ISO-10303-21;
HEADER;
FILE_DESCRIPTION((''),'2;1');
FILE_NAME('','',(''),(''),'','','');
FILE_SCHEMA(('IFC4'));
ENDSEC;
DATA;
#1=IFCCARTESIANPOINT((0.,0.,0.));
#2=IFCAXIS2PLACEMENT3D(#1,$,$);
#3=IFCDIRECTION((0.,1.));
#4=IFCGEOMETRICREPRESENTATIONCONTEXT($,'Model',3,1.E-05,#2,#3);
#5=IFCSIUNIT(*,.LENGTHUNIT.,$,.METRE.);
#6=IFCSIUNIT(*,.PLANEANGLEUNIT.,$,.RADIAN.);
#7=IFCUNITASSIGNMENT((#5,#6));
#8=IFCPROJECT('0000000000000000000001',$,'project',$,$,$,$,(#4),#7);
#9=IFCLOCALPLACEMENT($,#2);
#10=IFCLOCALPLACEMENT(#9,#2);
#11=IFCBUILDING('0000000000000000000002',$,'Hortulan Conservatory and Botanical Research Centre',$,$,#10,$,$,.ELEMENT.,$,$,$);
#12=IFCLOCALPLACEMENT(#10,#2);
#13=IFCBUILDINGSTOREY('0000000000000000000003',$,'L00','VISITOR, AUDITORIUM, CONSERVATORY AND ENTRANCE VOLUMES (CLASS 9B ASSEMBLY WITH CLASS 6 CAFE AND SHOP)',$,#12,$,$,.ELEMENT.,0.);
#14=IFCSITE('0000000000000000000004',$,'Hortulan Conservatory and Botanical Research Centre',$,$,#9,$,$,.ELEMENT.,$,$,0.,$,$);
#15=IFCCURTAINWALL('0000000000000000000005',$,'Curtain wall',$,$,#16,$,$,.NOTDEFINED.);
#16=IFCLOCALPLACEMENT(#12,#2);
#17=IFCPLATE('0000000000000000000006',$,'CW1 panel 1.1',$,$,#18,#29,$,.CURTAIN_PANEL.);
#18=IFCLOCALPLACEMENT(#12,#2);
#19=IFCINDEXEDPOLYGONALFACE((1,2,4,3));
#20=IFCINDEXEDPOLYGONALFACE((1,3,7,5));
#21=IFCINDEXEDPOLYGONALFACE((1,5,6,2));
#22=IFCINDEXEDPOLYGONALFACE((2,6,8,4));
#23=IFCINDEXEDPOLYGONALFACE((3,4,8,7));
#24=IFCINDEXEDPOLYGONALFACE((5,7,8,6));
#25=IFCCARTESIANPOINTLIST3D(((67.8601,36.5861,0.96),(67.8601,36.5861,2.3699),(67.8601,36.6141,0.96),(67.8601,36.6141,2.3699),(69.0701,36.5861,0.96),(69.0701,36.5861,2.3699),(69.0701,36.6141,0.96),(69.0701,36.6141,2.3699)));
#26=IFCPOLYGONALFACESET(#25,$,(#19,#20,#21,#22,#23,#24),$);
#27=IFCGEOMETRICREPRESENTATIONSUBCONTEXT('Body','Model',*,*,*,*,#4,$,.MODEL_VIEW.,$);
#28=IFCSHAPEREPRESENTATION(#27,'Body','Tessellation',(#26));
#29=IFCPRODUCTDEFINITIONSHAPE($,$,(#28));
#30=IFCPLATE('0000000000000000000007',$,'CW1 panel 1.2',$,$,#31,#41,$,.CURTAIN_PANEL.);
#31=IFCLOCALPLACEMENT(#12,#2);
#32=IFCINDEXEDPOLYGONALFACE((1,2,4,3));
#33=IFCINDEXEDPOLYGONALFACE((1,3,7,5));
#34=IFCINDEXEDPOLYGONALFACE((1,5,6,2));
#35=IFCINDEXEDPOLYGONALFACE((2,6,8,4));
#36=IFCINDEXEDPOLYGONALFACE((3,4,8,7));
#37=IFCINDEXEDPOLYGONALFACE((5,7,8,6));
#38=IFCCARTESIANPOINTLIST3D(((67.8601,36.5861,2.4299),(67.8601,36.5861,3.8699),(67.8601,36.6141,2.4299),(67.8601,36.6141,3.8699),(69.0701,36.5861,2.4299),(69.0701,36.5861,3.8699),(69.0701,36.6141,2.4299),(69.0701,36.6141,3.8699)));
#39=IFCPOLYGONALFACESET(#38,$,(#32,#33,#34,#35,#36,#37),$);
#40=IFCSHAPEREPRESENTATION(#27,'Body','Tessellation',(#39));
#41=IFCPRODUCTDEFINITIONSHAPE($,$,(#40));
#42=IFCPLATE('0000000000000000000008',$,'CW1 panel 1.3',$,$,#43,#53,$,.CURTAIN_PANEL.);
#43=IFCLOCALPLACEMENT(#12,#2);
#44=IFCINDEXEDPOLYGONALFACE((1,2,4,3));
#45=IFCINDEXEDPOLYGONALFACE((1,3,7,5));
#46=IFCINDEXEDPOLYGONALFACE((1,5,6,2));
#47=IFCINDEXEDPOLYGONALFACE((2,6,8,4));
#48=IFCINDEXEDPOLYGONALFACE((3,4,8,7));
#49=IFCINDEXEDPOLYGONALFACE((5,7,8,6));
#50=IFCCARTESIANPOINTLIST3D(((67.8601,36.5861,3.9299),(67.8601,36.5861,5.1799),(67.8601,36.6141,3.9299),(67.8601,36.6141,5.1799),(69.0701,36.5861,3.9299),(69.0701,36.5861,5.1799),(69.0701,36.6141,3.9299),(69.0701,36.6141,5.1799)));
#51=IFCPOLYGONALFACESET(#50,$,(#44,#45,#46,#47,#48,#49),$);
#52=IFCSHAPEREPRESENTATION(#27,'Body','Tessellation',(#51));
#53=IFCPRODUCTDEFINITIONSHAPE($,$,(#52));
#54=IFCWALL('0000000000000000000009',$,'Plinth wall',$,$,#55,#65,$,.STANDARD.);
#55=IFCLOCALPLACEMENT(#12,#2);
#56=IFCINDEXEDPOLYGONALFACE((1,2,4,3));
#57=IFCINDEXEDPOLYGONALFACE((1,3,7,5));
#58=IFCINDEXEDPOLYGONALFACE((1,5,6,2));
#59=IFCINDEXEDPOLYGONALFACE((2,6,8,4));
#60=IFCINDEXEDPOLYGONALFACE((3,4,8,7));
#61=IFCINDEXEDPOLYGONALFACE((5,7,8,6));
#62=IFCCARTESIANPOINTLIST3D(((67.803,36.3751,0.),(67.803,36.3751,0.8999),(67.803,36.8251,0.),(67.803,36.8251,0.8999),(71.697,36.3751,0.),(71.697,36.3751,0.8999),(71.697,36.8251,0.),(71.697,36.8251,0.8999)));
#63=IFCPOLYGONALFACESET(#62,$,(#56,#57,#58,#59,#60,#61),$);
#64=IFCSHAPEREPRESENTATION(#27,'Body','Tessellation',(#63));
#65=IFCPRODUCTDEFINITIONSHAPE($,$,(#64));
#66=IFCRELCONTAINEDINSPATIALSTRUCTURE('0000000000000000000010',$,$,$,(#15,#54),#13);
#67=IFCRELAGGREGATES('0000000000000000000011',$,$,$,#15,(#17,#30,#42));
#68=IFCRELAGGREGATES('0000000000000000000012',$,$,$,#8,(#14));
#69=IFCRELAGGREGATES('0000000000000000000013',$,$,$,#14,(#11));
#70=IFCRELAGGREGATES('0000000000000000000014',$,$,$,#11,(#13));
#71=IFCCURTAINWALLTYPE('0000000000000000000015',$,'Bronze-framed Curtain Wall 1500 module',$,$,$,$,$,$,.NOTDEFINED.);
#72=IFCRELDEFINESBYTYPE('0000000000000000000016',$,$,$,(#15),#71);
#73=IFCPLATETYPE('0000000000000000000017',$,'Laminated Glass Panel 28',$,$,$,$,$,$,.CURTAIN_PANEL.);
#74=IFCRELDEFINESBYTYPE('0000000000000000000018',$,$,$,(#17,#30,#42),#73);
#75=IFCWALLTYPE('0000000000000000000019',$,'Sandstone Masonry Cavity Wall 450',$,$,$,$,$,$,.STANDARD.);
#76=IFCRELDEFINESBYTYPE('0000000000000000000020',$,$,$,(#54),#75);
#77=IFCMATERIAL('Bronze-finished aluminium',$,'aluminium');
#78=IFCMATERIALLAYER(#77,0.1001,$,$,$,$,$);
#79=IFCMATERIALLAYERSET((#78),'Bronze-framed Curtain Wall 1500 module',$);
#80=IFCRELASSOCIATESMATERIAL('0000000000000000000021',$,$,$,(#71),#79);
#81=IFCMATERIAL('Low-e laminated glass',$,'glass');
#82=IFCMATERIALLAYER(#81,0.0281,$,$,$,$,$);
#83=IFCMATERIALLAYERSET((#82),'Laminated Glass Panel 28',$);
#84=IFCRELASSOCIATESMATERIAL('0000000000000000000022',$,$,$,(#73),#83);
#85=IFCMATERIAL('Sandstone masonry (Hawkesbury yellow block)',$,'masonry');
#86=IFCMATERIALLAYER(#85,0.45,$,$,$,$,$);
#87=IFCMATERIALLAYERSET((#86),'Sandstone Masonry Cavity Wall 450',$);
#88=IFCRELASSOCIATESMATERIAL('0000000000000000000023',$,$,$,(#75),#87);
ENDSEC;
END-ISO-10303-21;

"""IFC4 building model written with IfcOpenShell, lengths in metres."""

from ifc_helpers import new_model, si_unit, direction, frame, frame_2d, origin, origin_2d, place, context, subcontext, project, spatial, rectangle, extrude, material, layer, layer_set, type_object, element, aggregate, save


model = new_model("IFC4")

# Units and contexts
model_context = context("Model", 3, precision=1e-05, world=origin(), true_north=direction((0.0, 1.0)))
body_context = subcontext(model_context, "Body", "Model", "MODEL_VIEW")
ifc_project = project(units=[si_unit("LENGTHUNIT", "METRE"), si_unit("PLANEANGLEUNIT", "RADIAN")], contexts=[model_context])

# Site, building, storey
site_placement = place(None, origin())
site = spatial("IfcSite", under=ifc_project, at=site_placement, Name="Hortulan Conservatory and Botanical Research Centre", CompositionType="ELEMENT", RefElevation=0.0)
building_placement = place(site_placement, origin())
building = spatial("IfcBuilding", under=site, at=building_placement, Name="Hortulan Conservatory and Botanical Research Centre", CompositionType="ELEMENT")
storey_placement = place(building_placement, origin())
storey = spatial("IfcBuildingStorey", under=building, at=storey_placement, Name="L00", Description="VISITOR, AUDITORIUM, CONSERVATORY AND ENTRANCE VOLUMES (CLASS 9B ASSEMBLY WITH CLASS 6 CAFE AND SHOP)", CompositionType="ELEMENT", Elevation=0.0)

# Curtain wall
ifc_material_1 = material(Name="Bronze-finished aluminium", Category="aluminium")
ifc_layer_1 = layer(ifc_material_1, 0.1001)
ifc_layer_set_1 = layer_set([ifc_layer_1], Name="Bronze-framed Curtain Wall 1500 module")
curtain_wall_type = type_object("IfcCurtainWallType", Name="Bronze-framed Curtain Wall 1500 module", PredefinedType="NOTDEFINED", material=ifc_layer_set_1)
curtain_wall_1_placement = place(storey_placement, origin())
curtain_wall_1 = element("IfcCurtainWall", 1, at=curtain_wall_1_placement, inside=storey, type_object=curtain_wall_type, Name="Curtain wall", PredefinedType="NOTDEFINED")

# Plates
ifc_material_2 = material(Name="Low-e laminated glass", Category="glass")
ifc_layer_2 = layer(ifc_material_2, 0.0281)
ifc_layer_set_2 = layer_set([ifc_layer_2], Name="Laminated Glass Panel 28")
plate_type = type_object("IfcPlateType", Name="Laminated Glass Panel 28", PredefinedType="CURTAIN_PANEL", material=ifc_layer_set_2)
plate_1_placement = place(storey_placement, frame((68.4651, 36.6001, 0.96), z_axis=(0.0, 0.0, 1.0), x_axis=(1.0, 0.0, 0.0)))
plate_1 = element("IfcPlate", 2, at=plate_1_placement, type_object=plate_type, Name="CW1 panel 1.1", PredefinedType="CURTAIN_PANEL", context=body_context, shape_type="SweptSolid", body=[
    extrude(rectangle(XDim=1.21, YDim=0.0281, at=origin_2d()), origin(), (0.0, 0.0, 1.0), 1.4099),
])
plate_2_placement = place(storey_placement, frame((68.4651, 36.6001, 2.4299), z_axis=(0.0, 0.0, 1.0), x_axis=(1.0, 0.0, 0.0)))
plate_2 = element("IfcPlate", 3, at=plate_2_placement, type_object=plate_type, Name="CW1 panel 1.2", PredefinedType="CURTAIN_PANEL", context=body_context, shape_type="SweptSolid", body=[
    extrude(rectangle(XDim=1.21, YDim=0.0281, at=origin_2d()), origin(), (0.0, 0.0, 1.0), 1.4399),
])
plate_3_placement = place(storey_placement, frame((68.4651, 36.6001, 3.9299), z_axis=(0.0, 0.0, 1.0), x_axis=(1.0, 0.0, 0.0)))
plate_3 = element("IfcPlate", 4, at=plate_3_placement, type_object=plate_type, Name="CW1 panel 1.3", PredefinedType="CURTAIN_PANEL", context=body_context, shape_type="SweptSolid", body=[
    extrude(rectangle(XDim=1.21, YDim=0.0281, at=origin_2d()), origin(), (0.0, 0.0, 1.0), 1.25),
])
aggregate(curtain_wall_1, [plate_1, plate_2, plate_3])

# Wall
ifc_material_3 = material(Name="Sandstone masonry (Hawkesbury yellow block)", Category="masonry")
ifc_layer_3 = layer(ifc_material_3, 0.45)
ifc_layer_set_3 = layer_set([ifc_layer_3], Name="Sandstone Masonry Cavity Wall 450")
wall_type = type_object("IfcWallType", Name="Sandstone Masonry Cavity Wall 450", PredefinedType="STANDARD", material=ifc_layer_set_3)
wall_placement = place(storey_placement, frame((67.803, 36.6001, 0.0), z_axis=(0.0, 0.0, 1.0), x_axis=(1.0, 0.0, 0.0)))
element("IfcWall", 5, at=wall_placement, inside=storey, type_object=wall_type, Name="Plinth wall", PredefinedType="STANDARD", context=body_context, shape_type="SweptSolid", body=[
    extrude(rectangle(XDim=3.894, YDim=0.45, at=frame_2d((1.947, 0.0))), origin(), (0.0, 0.0, 1.0), 0.8999),
])

save(model, "model.ifc")
